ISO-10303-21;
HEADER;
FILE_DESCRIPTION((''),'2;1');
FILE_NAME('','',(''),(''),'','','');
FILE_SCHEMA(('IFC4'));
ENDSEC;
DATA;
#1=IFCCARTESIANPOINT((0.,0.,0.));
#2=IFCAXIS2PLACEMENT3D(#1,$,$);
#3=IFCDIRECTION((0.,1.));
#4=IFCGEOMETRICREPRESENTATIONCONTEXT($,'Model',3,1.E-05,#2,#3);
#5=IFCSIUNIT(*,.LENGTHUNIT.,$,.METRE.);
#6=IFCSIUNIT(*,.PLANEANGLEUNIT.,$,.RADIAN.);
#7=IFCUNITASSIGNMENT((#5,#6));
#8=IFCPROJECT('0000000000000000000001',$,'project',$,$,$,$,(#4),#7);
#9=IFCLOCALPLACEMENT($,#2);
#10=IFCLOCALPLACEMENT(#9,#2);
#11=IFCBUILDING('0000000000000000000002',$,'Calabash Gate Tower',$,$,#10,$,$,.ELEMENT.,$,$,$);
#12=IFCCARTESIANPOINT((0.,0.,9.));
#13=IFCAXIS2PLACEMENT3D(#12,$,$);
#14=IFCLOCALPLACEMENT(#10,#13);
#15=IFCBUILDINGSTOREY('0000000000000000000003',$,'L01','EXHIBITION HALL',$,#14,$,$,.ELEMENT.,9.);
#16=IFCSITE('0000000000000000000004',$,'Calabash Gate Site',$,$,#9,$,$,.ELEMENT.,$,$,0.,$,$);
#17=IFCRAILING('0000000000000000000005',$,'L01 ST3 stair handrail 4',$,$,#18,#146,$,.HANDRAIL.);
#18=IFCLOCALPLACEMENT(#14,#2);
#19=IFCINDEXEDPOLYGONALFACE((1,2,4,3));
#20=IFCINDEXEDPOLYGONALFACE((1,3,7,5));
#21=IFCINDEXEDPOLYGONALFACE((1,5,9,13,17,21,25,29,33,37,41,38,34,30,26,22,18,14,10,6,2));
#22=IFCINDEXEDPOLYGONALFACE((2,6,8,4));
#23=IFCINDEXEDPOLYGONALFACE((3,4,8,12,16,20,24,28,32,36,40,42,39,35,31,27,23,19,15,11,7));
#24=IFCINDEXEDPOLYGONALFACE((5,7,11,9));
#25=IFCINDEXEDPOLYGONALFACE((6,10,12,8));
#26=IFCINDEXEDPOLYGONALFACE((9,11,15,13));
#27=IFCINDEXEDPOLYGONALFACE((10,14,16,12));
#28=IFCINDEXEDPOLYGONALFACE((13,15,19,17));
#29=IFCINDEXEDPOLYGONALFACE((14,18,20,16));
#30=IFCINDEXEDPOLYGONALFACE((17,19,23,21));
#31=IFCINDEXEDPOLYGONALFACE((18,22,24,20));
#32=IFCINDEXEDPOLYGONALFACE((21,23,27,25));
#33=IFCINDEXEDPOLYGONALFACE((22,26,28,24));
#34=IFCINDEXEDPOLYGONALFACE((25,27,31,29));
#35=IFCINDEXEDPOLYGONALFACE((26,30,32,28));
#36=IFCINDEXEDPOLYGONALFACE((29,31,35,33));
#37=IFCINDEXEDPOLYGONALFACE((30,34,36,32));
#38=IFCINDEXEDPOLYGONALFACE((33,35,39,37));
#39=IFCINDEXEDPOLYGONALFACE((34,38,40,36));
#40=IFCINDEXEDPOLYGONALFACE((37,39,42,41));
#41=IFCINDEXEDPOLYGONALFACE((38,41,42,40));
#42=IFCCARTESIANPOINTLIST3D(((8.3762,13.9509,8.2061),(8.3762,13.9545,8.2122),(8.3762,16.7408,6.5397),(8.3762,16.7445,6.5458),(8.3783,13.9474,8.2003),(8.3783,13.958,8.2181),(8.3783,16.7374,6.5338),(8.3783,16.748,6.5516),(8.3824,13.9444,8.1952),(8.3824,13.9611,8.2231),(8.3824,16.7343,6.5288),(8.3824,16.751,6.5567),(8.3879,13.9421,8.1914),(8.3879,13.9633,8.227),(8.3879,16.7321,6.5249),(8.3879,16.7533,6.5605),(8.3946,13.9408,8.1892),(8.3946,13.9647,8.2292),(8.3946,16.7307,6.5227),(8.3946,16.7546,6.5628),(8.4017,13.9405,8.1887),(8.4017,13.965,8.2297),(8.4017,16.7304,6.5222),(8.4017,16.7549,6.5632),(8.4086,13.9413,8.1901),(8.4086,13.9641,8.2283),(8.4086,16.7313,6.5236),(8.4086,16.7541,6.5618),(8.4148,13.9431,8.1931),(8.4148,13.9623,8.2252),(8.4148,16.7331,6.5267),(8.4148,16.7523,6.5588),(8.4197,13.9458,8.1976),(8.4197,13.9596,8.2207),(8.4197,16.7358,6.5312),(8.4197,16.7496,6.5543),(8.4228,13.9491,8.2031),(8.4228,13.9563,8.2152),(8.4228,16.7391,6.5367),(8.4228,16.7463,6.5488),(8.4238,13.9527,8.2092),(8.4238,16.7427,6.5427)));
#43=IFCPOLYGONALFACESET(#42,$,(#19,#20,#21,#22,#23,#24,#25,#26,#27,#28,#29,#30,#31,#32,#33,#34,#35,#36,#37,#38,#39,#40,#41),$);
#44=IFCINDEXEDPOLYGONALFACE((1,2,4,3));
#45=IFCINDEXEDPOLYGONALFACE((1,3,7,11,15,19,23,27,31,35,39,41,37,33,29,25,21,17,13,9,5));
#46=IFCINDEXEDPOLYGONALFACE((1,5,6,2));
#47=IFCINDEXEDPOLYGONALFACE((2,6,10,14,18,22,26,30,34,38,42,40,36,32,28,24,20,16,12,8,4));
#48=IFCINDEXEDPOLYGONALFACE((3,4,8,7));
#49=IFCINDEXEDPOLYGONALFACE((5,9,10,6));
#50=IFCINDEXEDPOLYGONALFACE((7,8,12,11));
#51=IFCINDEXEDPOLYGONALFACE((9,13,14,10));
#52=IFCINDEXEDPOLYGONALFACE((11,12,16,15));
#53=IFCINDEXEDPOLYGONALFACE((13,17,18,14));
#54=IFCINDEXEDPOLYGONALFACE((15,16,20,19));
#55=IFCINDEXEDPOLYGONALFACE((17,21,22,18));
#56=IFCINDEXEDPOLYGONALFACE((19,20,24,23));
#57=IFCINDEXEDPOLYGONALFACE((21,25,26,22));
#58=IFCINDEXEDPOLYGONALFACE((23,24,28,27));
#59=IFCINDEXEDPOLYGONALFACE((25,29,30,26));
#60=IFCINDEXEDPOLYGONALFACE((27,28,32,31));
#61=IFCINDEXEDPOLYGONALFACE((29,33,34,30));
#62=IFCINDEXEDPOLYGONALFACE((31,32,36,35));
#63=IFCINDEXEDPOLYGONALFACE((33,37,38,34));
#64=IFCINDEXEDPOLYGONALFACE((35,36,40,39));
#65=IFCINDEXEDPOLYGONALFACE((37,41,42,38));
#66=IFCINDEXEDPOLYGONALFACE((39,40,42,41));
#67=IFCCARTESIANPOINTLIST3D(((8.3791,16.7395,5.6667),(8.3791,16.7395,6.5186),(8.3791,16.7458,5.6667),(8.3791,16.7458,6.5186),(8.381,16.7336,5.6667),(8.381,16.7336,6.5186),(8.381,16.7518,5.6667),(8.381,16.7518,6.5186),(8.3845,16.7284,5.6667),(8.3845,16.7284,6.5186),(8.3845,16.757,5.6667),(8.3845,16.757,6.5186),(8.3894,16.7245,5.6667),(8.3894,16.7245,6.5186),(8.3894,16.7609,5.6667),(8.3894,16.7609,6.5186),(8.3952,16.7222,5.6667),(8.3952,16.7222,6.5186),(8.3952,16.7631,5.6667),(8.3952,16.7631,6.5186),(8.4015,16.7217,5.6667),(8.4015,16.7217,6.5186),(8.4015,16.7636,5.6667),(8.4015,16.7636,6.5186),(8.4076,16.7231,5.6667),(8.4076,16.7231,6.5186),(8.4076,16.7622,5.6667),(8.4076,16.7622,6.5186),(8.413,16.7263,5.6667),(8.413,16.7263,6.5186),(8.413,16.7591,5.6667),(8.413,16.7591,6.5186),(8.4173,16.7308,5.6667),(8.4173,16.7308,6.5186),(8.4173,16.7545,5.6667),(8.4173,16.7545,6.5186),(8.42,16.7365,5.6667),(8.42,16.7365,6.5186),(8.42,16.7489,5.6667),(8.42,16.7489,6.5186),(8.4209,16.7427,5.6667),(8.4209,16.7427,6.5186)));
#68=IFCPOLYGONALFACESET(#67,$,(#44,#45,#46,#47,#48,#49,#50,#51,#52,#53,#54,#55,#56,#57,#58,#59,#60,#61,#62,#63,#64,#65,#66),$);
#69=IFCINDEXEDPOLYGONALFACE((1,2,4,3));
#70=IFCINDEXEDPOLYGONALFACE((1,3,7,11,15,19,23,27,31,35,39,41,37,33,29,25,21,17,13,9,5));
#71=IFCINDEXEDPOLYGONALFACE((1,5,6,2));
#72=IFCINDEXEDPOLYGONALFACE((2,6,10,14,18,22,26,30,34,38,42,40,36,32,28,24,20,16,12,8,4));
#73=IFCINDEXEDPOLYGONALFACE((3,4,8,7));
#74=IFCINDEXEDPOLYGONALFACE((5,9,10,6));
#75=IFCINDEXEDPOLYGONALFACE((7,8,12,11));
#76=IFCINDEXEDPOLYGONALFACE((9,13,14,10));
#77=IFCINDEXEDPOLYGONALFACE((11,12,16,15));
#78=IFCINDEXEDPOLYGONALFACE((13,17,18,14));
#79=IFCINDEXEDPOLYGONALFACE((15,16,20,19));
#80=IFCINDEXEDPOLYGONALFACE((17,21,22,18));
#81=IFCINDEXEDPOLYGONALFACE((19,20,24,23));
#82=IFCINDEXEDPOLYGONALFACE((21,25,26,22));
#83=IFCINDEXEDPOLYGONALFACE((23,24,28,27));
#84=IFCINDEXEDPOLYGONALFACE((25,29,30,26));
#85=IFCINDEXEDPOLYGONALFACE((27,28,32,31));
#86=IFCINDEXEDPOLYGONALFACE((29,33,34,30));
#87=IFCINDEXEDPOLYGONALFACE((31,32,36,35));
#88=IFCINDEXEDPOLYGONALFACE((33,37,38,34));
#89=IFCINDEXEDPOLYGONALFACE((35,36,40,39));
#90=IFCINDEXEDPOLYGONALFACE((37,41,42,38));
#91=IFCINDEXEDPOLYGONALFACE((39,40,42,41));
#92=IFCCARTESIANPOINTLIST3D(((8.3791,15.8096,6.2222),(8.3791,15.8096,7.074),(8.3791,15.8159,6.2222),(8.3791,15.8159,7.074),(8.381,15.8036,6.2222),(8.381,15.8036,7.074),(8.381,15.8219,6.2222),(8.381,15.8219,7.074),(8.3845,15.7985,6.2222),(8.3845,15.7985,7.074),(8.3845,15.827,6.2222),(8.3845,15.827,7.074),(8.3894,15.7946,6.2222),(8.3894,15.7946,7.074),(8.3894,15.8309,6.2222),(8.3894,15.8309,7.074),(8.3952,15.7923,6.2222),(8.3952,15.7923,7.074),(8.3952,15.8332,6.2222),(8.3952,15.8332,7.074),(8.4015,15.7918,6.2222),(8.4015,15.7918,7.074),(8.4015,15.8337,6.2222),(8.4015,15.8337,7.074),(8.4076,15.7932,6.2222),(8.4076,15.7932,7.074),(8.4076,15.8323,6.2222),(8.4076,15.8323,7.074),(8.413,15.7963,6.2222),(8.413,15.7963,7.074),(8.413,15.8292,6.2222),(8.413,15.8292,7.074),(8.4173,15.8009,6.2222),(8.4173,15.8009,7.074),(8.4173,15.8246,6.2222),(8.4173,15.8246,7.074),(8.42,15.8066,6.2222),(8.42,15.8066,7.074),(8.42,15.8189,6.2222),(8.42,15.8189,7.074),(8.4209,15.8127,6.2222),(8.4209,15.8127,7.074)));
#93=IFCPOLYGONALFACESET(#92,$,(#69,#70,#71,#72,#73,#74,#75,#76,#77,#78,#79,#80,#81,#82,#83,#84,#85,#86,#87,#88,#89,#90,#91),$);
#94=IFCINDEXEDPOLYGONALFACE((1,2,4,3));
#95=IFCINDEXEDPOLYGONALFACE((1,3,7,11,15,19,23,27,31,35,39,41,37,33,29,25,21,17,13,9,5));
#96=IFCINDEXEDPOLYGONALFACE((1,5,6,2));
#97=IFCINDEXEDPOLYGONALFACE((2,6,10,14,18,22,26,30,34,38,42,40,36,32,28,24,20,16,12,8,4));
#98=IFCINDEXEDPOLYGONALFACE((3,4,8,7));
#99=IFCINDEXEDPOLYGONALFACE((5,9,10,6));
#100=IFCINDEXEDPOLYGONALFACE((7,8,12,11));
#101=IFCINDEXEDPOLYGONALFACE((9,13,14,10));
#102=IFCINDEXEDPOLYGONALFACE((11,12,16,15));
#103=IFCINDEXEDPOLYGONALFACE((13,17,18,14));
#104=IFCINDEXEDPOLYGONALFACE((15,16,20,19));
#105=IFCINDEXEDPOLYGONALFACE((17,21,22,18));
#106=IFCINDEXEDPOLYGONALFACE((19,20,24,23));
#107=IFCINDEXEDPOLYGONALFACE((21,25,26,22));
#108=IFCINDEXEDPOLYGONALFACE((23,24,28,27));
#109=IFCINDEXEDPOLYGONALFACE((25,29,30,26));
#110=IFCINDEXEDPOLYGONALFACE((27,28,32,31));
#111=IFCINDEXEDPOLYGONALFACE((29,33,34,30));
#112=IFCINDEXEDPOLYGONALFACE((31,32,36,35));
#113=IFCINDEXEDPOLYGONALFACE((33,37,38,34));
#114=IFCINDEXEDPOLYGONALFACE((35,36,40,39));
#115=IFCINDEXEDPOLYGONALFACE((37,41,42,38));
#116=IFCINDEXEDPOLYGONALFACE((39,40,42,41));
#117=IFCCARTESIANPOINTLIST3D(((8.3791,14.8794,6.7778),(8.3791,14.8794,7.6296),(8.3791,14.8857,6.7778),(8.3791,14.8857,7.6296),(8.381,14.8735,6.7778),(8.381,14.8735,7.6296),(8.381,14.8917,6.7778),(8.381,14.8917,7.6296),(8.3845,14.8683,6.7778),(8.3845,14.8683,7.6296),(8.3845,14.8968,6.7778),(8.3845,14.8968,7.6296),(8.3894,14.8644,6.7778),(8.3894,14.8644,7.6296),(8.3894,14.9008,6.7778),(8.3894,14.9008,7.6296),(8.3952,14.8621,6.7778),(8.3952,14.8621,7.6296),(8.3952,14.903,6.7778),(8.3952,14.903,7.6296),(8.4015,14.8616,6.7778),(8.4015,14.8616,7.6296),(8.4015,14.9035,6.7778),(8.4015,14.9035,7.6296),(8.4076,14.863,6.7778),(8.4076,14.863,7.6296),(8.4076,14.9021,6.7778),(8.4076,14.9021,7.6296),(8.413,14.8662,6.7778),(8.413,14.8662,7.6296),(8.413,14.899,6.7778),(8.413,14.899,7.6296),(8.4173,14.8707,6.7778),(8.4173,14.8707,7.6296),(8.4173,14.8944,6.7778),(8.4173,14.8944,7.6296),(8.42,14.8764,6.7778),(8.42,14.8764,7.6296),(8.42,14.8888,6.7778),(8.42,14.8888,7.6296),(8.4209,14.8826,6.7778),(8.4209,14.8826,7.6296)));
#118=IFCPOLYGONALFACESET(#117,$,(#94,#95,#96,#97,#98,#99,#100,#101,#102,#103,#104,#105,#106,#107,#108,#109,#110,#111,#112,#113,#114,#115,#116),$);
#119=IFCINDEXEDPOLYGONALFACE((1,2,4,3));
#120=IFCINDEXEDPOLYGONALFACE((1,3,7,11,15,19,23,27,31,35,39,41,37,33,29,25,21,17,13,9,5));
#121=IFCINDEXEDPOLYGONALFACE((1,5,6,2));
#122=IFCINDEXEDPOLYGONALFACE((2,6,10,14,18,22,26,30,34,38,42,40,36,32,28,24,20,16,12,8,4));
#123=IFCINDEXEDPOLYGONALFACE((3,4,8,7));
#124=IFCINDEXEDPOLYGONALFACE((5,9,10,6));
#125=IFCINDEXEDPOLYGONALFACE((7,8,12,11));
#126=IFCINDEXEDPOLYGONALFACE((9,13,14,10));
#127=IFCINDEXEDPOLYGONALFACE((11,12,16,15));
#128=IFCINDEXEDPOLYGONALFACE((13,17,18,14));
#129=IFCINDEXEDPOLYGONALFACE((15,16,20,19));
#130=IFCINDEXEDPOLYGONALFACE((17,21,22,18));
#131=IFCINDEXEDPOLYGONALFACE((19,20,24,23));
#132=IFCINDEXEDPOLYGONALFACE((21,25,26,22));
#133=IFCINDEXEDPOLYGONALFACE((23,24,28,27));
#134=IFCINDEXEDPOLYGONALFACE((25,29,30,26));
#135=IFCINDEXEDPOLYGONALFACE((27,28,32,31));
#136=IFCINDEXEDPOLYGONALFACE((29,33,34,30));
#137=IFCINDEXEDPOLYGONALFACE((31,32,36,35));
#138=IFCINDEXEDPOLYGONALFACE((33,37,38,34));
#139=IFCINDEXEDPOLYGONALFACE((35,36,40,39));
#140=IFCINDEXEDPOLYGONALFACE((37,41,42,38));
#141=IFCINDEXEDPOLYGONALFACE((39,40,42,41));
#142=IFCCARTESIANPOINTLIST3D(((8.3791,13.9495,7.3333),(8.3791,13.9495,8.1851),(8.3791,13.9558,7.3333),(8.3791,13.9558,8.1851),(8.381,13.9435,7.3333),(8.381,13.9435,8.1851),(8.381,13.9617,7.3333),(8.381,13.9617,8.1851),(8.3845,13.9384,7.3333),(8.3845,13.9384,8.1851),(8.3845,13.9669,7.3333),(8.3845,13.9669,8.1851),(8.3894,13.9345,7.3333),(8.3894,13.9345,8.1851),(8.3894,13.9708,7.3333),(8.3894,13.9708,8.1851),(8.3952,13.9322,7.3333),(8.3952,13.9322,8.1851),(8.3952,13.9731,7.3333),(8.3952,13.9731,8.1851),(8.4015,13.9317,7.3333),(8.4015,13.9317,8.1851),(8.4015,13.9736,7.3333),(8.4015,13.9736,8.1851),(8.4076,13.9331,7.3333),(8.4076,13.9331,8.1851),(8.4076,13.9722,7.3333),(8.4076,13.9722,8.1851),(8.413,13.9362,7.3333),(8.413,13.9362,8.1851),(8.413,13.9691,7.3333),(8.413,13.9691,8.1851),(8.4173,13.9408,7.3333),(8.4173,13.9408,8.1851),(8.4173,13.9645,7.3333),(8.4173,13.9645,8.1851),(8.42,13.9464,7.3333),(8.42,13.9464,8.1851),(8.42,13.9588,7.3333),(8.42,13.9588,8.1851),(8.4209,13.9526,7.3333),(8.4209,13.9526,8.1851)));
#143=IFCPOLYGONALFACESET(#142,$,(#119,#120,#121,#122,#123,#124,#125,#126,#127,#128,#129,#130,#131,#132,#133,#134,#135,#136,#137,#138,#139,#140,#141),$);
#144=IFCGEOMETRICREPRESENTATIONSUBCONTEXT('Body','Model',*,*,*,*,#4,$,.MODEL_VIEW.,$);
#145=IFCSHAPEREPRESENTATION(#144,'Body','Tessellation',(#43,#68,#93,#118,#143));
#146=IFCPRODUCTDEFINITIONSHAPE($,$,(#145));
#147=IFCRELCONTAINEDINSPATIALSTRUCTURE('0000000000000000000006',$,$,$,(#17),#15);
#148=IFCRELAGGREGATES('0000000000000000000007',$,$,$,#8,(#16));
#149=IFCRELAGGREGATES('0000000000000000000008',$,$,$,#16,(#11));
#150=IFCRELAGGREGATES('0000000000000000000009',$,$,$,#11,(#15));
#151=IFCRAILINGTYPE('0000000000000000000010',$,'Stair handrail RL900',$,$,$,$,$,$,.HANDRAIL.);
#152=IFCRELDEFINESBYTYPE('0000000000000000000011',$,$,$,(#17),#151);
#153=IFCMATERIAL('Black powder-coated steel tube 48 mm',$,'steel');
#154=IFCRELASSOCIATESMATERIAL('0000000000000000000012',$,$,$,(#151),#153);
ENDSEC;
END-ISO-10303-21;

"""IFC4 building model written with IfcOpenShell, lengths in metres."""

from ifc_helpers import new_model, si_unit, direction, frame, origin, origin_2d, place, context, subcontext, project, spatial, circle, extrude, material, type_object, element, save


model = new_model("IFC4")

# Units and contexts
model_context = context("Model", 3, precision=1e-05, world=origin(), true_north=direction((0.0, 1.0)))
body_context = subcontext(model_context, "Body", "Model", "MODEL_VIEW")
ifc_project = project(units=[si_unit("LENGTHUNIT", "METRE"), si_unit("PLANEANGLEUNIT", "RADIAN")], contexts=[model_context])

# Site, building, storey
site_placement = place(None, origin())
site = spatial("IfcSite", under=ifc_project, at=site_placement, Name="Calabash Gate Site", CompositionType="ELEMENT", RefElevation=0.0)
building_placement = place(site_placement, origin())
building = spatial("IfcBuilding", under=site, at=building_placement, Name="Calabash Gate Tower", CompositionType="ELEMENT")
storey_placement = place(building_placement, frame((0.0, 0.0, 9.0)))
storey = spatial("IfcBuildingStorey", under=building, at=storey_placement, Name="L01", Description="EXHIBITION HALL", CompositionType="ELEMENT", Elevation=9.0)

# Railing
ifc_material_1 = material(Name="Black powder-coated steel tube 48 mm", Category="steel")
railing_type_1 = type_object("IfcRailingType", Name="Stair handrail RL900", PredefinedType="HANDRAIL", material=ifc_material_1)
railing_1_placement = place(storey_placement, frame((8.3999, 16.7427, 5.6667)))
element("IfcRailing", 1, at=railing_1_placement, inside=storey, type_object=railing_type_1, Name="L01 ST3 stair handrail 4", PredefinedType="HANDRAIL", context=body_context, shape_type="SweptSolid", body=[
    extrude(circle(Radius=0.0239, at=origin_2d()), frame((0.0, 0.0, 0.876), z_axis=(0.0, -0.858512, 0.512793), x_axis=(1.0, 0.0, 0.0)), (0.0, 0.0, 1.0), 3.2498),
    extrude(circle(Radius=0.021, at=origin_2d()), origin(), (0.0, 0.0, 1.0), 0.8518),
    extrude(circle(Radius=0.021, at=origin_2d()), frame((0.0, -0.9299, 0.5554)), (0.0, 0.0, 1.0), 0.8518),
    extrude(circle(Radius=0.021, at=origin_2d()), frame((0.0, -1.8601, 1.1111)), (0.0, 0.0, 1.0), 0.8518),
    extrude(circle(Radius=0.021, at=origin_2d()), frame((0.0, -2.79, 1.6665)), (0.0, 0.0, 1.0), 0.8518),
])

save(model, "model.ifc")
